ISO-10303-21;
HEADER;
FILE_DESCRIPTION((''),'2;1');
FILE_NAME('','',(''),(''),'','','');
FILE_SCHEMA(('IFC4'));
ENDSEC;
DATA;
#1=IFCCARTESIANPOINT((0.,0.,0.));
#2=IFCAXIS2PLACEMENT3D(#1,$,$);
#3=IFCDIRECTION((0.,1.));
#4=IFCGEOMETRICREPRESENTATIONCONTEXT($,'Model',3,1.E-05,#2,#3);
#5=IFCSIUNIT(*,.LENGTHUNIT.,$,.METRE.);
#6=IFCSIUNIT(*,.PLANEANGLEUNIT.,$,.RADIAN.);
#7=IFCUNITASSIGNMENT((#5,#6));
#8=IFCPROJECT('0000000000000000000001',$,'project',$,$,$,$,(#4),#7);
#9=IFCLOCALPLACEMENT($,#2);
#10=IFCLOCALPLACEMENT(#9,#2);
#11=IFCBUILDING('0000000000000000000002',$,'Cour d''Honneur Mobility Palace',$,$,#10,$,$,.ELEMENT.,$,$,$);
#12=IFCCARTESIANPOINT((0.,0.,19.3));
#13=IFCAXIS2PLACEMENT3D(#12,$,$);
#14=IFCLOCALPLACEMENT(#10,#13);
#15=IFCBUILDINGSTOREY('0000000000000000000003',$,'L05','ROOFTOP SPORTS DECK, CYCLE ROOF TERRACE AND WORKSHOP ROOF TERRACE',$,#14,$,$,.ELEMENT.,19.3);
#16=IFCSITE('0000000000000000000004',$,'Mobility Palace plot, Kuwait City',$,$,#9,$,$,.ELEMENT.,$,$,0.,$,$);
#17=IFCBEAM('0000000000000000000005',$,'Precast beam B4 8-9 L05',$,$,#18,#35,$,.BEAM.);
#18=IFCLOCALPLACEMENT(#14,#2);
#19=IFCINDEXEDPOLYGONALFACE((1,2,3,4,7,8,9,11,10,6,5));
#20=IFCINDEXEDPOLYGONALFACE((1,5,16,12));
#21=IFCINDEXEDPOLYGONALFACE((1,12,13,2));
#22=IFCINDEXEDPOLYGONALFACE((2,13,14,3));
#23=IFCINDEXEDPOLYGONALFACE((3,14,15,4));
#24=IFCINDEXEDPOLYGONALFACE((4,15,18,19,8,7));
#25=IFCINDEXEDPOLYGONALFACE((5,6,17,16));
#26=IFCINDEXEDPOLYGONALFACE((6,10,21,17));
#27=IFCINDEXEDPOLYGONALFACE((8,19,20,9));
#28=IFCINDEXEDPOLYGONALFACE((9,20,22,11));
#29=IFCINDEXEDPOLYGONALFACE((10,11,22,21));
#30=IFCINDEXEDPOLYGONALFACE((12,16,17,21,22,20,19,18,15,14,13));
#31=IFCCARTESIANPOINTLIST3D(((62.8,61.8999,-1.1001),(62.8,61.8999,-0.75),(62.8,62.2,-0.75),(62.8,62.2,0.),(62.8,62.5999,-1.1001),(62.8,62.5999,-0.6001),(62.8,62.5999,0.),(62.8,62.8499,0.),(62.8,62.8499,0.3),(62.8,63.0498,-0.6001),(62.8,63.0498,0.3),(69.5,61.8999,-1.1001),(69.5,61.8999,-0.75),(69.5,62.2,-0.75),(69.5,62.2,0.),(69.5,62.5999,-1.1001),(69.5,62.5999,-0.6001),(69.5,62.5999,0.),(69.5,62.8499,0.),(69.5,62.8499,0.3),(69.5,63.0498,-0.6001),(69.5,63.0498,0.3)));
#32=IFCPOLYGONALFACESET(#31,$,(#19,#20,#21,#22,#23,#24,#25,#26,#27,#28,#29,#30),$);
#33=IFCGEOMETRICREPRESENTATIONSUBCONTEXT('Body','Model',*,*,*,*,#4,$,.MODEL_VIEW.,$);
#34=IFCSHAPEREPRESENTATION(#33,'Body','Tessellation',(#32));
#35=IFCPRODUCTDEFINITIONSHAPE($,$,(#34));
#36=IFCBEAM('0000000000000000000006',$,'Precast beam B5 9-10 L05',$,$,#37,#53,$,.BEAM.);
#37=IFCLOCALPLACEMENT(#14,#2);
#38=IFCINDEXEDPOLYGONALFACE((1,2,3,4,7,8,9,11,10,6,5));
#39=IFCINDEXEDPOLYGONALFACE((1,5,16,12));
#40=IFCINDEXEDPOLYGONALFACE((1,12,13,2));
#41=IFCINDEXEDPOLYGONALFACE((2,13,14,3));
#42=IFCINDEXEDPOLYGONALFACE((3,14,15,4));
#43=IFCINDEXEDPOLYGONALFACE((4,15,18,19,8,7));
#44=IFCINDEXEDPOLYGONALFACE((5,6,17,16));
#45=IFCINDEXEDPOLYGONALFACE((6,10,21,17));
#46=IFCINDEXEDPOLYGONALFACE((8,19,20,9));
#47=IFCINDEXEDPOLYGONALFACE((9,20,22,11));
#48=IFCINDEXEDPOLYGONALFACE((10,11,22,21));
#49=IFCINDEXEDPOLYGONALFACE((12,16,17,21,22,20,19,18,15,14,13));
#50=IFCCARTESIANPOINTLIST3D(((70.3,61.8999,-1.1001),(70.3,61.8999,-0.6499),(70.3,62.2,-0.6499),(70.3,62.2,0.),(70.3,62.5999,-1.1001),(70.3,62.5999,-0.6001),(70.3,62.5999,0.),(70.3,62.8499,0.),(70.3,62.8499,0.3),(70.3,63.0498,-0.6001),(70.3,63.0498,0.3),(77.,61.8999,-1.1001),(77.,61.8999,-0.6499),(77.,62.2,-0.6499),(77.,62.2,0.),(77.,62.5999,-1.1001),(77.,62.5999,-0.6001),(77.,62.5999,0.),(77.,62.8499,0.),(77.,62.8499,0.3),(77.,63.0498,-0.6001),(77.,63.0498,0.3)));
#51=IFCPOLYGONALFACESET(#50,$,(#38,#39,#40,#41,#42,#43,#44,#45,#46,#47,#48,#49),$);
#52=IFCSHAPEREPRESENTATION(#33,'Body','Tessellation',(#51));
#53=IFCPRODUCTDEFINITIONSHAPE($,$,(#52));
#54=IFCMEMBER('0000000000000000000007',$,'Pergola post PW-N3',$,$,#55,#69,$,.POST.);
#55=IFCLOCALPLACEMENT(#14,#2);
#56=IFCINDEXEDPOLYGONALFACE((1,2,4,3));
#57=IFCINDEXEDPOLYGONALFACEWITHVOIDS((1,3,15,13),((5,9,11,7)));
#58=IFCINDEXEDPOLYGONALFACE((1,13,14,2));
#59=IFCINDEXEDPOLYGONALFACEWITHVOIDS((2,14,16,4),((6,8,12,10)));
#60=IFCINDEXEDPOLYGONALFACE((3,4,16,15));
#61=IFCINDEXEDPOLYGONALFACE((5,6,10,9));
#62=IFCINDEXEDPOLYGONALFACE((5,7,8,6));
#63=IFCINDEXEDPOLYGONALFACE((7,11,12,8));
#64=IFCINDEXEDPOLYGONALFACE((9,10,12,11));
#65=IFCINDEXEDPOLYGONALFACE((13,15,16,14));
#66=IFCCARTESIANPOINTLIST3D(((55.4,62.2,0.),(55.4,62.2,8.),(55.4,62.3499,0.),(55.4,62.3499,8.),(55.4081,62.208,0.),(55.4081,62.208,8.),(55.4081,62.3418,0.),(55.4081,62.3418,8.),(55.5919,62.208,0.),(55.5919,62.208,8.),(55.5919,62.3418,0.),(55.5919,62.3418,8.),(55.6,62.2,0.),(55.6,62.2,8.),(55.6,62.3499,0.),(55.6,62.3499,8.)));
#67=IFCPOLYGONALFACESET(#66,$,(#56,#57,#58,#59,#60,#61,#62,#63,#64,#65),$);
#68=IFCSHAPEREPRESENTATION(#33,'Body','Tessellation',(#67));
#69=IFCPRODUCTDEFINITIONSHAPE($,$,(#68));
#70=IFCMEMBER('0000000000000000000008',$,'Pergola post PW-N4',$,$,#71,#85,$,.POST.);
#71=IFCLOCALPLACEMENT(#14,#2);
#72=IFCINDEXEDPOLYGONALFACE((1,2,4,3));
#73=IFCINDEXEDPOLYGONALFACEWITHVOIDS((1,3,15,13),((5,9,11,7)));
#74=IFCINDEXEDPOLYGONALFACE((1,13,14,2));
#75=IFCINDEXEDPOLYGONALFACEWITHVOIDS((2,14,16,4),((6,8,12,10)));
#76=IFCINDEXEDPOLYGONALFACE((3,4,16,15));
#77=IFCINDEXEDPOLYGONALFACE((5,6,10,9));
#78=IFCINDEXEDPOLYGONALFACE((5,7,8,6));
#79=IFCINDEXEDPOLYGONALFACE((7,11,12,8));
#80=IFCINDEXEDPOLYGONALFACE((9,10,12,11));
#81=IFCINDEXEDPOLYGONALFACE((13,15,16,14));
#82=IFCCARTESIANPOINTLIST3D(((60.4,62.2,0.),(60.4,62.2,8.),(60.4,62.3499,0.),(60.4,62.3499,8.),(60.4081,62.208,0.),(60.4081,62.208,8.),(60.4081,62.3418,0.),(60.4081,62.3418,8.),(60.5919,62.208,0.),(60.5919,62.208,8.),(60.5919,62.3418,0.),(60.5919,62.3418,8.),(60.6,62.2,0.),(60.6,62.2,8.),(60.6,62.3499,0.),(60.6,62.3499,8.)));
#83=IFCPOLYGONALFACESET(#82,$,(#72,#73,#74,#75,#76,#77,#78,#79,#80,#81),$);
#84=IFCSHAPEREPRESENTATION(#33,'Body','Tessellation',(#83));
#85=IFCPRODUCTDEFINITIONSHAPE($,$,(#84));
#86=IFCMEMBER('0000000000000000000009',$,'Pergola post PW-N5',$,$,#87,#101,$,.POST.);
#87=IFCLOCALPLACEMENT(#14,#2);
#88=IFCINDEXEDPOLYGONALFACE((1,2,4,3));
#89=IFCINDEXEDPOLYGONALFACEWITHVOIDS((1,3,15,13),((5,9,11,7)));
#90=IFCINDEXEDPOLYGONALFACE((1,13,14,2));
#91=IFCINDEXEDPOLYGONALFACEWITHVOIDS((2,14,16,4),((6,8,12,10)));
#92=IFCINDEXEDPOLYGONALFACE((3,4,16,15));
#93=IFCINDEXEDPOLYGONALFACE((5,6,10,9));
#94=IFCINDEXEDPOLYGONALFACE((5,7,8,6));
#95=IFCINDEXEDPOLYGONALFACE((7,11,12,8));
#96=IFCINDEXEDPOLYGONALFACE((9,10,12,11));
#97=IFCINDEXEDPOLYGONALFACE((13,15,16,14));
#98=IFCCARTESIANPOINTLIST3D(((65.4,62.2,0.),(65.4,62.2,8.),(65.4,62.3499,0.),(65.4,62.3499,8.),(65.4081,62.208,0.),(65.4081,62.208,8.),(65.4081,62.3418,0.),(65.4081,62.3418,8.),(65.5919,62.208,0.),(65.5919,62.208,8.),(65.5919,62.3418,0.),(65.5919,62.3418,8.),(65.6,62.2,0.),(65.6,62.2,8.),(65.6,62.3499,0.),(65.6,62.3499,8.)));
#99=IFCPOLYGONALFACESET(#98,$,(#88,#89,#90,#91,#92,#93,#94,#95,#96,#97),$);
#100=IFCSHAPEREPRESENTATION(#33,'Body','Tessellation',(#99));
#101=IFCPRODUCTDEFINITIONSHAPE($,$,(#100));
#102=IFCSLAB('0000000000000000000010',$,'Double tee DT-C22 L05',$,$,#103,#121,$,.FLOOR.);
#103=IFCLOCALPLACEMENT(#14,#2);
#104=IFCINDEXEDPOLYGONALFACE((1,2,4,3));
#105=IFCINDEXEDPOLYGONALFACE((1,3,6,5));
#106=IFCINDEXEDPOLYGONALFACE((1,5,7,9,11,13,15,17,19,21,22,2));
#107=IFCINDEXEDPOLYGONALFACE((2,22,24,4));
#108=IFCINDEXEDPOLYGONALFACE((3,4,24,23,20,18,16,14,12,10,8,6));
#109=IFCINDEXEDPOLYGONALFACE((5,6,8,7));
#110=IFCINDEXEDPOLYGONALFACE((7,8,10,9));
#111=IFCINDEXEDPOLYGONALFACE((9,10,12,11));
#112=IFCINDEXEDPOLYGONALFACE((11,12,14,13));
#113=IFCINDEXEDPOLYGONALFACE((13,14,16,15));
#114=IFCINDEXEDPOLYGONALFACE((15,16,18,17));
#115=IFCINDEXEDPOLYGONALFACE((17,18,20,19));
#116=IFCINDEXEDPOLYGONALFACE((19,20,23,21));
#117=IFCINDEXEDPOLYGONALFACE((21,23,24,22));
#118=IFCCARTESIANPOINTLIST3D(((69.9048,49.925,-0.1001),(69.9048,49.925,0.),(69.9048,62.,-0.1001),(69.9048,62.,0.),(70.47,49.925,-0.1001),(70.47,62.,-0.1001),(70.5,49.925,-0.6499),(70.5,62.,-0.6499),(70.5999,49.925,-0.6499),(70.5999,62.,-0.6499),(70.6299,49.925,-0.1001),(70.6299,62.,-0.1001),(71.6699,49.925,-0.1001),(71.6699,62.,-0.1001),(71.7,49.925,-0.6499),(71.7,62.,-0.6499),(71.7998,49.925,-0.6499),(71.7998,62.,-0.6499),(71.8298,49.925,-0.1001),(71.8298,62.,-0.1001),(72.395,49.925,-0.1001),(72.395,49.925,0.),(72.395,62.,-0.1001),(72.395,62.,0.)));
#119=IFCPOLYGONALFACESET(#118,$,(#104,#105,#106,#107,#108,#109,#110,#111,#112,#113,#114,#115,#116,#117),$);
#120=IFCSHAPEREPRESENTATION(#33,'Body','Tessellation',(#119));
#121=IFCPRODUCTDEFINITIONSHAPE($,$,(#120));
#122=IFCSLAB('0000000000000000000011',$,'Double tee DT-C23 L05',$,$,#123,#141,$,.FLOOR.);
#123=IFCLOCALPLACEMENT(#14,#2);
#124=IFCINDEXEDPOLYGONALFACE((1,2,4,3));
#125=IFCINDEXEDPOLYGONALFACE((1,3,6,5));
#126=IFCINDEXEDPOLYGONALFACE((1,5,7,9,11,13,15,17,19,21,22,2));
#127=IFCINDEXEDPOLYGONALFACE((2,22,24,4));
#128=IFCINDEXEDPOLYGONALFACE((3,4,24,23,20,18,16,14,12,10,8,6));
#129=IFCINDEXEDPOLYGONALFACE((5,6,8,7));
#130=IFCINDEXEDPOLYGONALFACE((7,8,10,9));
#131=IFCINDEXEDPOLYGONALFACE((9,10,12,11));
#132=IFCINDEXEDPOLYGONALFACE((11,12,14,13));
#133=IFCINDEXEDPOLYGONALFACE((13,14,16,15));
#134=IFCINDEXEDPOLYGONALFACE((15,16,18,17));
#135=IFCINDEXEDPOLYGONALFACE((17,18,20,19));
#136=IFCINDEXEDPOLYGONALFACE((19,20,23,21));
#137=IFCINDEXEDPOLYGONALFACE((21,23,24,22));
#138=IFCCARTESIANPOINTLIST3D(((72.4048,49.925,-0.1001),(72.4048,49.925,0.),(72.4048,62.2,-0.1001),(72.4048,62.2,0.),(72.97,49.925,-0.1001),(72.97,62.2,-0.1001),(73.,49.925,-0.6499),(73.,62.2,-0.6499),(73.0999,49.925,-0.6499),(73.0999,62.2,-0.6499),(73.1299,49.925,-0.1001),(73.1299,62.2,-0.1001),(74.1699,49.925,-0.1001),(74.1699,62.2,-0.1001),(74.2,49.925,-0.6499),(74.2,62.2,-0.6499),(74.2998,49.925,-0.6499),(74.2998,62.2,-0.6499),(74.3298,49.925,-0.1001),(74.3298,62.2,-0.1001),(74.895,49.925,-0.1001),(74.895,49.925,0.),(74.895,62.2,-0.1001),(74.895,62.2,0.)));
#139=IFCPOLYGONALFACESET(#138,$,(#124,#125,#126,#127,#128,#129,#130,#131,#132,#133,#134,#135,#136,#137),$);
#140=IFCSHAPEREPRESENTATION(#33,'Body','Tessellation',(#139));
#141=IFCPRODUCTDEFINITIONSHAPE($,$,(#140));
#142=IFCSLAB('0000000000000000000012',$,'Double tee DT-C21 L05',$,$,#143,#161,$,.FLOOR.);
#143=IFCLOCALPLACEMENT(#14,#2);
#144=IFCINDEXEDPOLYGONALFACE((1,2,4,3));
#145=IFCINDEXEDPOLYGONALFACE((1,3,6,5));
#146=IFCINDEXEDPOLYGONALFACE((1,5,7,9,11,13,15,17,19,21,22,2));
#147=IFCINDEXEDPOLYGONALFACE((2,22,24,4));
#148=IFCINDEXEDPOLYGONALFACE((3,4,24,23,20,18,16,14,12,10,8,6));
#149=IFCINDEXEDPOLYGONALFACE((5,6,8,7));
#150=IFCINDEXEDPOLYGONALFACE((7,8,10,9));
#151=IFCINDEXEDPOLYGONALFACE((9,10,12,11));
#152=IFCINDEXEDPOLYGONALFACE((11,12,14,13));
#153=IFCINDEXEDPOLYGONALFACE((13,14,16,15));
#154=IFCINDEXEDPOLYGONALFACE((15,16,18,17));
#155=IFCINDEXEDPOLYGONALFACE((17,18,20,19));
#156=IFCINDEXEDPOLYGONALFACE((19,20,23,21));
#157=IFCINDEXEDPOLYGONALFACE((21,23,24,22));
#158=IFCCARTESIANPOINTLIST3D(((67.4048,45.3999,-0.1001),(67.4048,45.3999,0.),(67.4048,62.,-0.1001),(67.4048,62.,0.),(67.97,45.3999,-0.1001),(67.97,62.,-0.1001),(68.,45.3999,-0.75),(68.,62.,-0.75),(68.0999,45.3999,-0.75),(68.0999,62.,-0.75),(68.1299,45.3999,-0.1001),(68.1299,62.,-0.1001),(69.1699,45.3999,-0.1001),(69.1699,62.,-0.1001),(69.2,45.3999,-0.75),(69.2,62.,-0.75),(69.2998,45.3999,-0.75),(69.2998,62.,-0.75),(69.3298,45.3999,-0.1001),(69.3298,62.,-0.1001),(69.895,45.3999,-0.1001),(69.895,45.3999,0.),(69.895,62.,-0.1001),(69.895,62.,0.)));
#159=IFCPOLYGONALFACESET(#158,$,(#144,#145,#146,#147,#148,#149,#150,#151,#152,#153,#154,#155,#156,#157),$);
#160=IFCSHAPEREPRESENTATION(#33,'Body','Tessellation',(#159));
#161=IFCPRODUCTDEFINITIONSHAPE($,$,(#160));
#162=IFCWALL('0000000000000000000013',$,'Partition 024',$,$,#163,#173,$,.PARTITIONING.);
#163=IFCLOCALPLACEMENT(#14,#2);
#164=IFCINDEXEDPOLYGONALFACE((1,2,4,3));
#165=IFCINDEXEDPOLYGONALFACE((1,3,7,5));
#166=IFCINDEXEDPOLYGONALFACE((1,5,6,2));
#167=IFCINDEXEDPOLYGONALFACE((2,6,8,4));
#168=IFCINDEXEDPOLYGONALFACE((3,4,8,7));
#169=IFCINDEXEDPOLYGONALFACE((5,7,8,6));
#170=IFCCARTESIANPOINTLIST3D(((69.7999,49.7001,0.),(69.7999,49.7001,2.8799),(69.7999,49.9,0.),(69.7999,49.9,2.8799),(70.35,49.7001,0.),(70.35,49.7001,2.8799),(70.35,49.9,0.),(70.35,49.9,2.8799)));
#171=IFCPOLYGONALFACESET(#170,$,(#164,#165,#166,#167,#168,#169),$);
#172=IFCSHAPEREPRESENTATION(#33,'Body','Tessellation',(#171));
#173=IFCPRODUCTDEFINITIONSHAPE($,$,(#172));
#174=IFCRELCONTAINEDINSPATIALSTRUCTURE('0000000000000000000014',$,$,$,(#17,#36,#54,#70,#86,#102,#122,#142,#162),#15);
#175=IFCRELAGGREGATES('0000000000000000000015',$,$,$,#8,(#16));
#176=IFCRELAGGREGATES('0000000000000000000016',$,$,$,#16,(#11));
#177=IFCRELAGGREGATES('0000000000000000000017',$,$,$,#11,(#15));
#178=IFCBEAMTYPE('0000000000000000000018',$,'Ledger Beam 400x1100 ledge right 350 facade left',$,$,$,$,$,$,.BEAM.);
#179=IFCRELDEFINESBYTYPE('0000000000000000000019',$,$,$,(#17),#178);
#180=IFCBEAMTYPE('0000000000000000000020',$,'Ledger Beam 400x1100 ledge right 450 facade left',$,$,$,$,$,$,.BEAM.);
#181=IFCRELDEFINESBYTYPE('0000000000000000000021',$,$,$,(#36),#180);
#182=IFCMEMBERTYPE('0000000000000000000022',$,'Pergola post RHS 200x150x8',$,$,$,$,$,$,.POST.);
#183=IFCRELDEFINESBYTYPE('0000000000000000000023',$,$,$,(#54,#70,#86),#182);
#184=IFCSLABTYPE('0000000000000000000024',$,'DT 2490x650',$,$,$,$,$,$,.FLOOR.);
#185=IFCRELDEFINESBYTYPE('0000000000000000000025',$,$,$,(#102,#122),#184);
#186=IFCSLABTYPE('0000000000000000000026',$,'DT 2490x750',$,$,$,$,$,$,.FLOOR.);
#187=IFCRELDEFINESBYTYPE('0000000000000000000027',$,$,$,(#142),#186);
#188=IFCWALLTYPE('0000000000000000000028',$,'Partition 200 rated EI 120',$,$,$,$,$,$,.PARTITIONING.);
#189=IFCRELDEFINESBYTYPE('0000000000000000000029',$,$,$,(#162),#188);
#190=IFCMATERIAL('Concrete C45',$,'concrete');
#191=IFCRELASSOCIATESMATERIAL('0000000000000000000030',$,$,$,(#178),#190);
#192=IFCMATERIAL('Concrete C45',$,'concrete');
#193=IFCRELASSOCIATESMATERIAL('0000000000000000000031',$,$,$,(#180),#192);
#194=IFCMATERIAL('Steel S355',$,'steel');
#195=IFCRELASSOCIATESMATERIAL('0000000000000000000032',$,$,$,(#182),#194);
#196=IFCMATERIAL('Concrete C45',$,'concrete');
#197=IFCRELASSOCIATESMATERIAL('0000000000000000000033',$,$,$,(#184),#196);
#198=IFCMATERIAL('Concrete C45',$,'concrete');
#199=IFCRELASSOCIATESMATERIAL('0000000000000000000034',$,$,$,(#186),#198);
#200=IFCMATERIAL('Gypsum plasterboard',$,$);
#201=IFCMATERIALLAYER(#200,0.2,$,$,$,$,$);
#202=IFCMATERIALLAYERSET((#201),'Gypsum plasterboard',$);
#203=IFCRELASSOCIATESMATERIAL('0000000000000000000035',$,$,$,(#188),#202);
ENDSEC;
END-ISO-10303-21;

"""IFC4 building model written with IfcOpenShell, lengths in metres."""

from ifc_helpers import new_model, si_unit, direction, frame, frame_2d, origin, origin_2d, place, context, subcontext, project, spatial, polyline, rectangle, hollow_rectangle, outline, extrude, material, layer, layer_set, material_profile, profile_set, type_object, element, save


model = new_model("IFC4")

# Units and contexts
model_context = context("Model", 3, precision=1e-05, world=origin(), true_north=direction((0.0, 1.0)))
body_context = subcontext(model_context, "Body", "Model", "MODEL_VIEW")
ifc_project = project(units=[si_unit("LENGTHUNIT", "METRE"), si_unit("PLANEANGLEUNIT", "RADIAN")], contexts=[model_context])

# Site, building, storey
site_placement = place(None, origin())
site = spatial("IfcSite", under=ifc_project, at=site_placement, Name="Mobility Palace plot, Kuwait City", CompositionType="ELEMENT", RefElevation=0.0)
building_placement = place(site_placement, origin())
building = spatial("IfcBuilding", under=site, at=building_placement, Name="Cour d'Honneur Mobility Palace", CompositionType="ELEMENT")
storey_placement = place(building_placement, frame((0.0, 0.0, 19.3)))
storey = spatial("IfcBuildingStorey", under=building, at=storey_placement, Name="L05", Description="ROOFTOP SPORTS DECK, CYCLE ROOF TERRACE AND WORKSHOP ROOF TERRACE", CompositionType="ELEMENT", Elevation=19.3)

# Beams
ifc_material_1 = material(Name="Concrete C45", Category="concrete")
ifc_material_profile_1 = material_profile(ifc_material_1, outline(polyline([(0.2, -1.1001), (0.2, -0.6001), (0.6499, -0.6001), (0.6499, 0.3), (0.45, 0.3), (0.45, 0.0), (0.2, 0.0), (-0.2, 0.0), (-0.2, -0.75), (-0.5, -0.75), (-0.5, -1.1001), (0.2, -1.1001)])), Name="Ledger Beam 400x1100 ledge right 350 facade left")
ifc_profile_set_1 = profile_set([ifc_material_profile_1], Name="Concrete C45")
beam_type_1 = type_object("IfcBeamType", Name="Ledger Beam 400x1100 ledge right 350 facade left", PredefinedType="BEAM", material=ifc_profile_set_1)
beam_1_placement = place(storey_placement, frame((62.8, 62.3999, 0.0), z_axis=(1.0, 0.0, 0.0), x_axis=(0.0, 1.0, 0.0)))
element("IfcBeam", 1, at=beam_1_placement, inside=storey, type_object=beam_type_1, Name="Precast beam B4 8-9 L05", PredefinedType="BEAM", context=body_context, shape_type="SweptSolid", body=[
    extrude(outline(polyline([(0.2, -1.1001), (0.2, -0.6001), (0.6499, -0.6001), (0.6499, 0.3), (0.45, 0.3), (0.45, 0.0), (0.2, 0.0), (-0.2, 0.0), (-0.2, -0.75), (-0.5, -0.75), (-0.5, -1.1001), (0.2, -1.1001)])), origin(), (0.0, 0.0, 1.0), 6.7),
])
ifc_material_2 = material(Name="Concrete C45", Category="concrete")
ifc_material_profile_2 = material_profile(ifc_material_2, outline(polyline([(0.2, -1.1001), (0.2, -0.6001), (0.6499, -0.6001), (0.6499, 0.3), (0.45, 0.3), (0.45, 0.0), (0.2, 0.0), (-0.2, 0.0), (-0.2, -0.6499), (-0.5, -0.6499), (-0.5, -1.1001), (0.2, -1.1001)])), Name="Ledger Beam 400x1100 ledge right 450 facade left")
ifc_profile_set_2 = profile_set([ifc_material_profile_2], Name="Concrete C45")
beam_type_2 = type_object("IfcBeamType", Name="Ledger Beam 400x1100 ledge right 450 facade left", PredefinedType="BEAM", material=ifc_profile_set_2)
beam_2_placement = place(storey_placement, frame((70.3, 62.3999, 0.0), z_axis=(1.0, 0.0, 0.0), x_axis=(0.0, 1.0, 0.0)))
element("IfcBeam", 2, at=beam_2_placement, inside=storey, type_object=beam_type_2, Name="Precast beam B5 9-10 L05", PredefinedType="BEAM", context=body_context, shape_type="SweptSolid", body=[
    extrude(outline(polyline([(0.2, -1.1001), (0.2, -0.6001), (0.6499, -0.6001), (0.6499, 0.3), (0.45, 0.3), (0.45, 0.0), (0.2, 0.0), (-0.2, 0.0), (-0.2, -0.6499), (-0.5, -0.6499), (-0.5, -1.1001), (0.2, -1.1001)])), origin(), (0.0, 0.0, 1.0), 6.7),
])

# Members
ifc_material_3 = material(Name="Steel S355", Category="steel")
ifc_material_profile_3 = material_profile(ifc_material_3, hollow_rectangle(XDim=0.1499, YDim=0.2, WallThickness=0.0081, at=origin_2d()), Name="RHS 200x150x8")
ifc_profile_set_3 = profile_set([ifc_material_profile_3], Name="Steel S355")
member_type = type_object("IfcMemberType", Name="Pergola post RHS 200x150x8", PredefinedType="POST", material=ifc_profile_set_3)
for number, where, z_axis, x_axis, name in (
    (3, (55.5, 62.2749, 0.0), (0.0, 0.0, 1.0), (0.0, 1.0, 0.0), "Pergola post PW-N3"),
    (4, (60.5, 62.2749, 0.0), (0.0, 0.0, 1.0), (0.0, 1.0, 0.0), "Pergola post PW-N4"),
    (5, (65.5, 62.2749, 0.0), (0.0, 0.0, 1.0), (0.0, 1.0, 0.0), "Pergola post PW-N5"),
):
    element("IfcMember", number, at=place(storey_placement, frame(where, z_axis=z_axis, x_axis=x_axis)), inside=storey, type_object=member_type, Name=name, PredefinedType="POST", context=body_context, shape_type="SweptSolid", body=[
        extrude(hollow_rectangle(XDim=0.1499, YDim=0.2, WallThickness=0.0081, at=origin_2d()), origin(), (0.0, 0.0, 1.0), 8.0),
    ])

# Slabs
ifc_material_4 = material(Name="Concrete C45", Category="concrete")
ifc_material_profile_4 = material_profile(ifc_material_4, outline(polyline([(-1.2451, 0.0), (1.2451, 0.0), (1.2451, -0.1001), (0.6799, -0.1001), (0.6499, -0.6499), (0.55, -0.6499), (0.52, -0.1001), (-0.52, -0.1001), (-0.55, -0.6499), (-0.6499, -0.6499), (-0.6799, -0.1001), (-1.2451, -0.1001), (-1.2451, 0.0)])), Name="DT 2490x650")
ifc_profile_set_4 = profile_set([ifc_material_profile_4], Name="Concrete C45")
slab_type_1 = type_object("IfcSlabType", Name="DT 2490x650", PredefinedType="FLOOR", material=ifc_profile_set_4)
slab_1_placement = place(storey_placement, frame((71.1499, 49.925, 0.0), z_axis=(0.0, 1.0, 0.0), x_axis=(-1.0, 0.0, 0.0)))
element("IfcSlab", 6, at=slab_1_placement, inside=storey, type_object=slab_type_1, Name="Double tee DT-C22 L05", PredefinedType="FLOOR", context=body_context, shape_type="SweptSolid", body=[
    extrude(outline(polyline([(-1.2451, 0.0), (1.2451, 0.0), (1.2451, -0.1001), (0.6799, -0.1001), (0.6499, -0.6499), (0.55, -0.6499), (0.52, -0.1001), (-0.52, -0.1001), (-0.55, -0.6499), (-0.6499, -0.6499), (-0.6799, -0.1001), (-1.2451, -0.1001), (-1.2451, 0.0)])), origin(), (0.0, 0.0, 1.0), 12.075),
])
slab_2_placement = place(storey_placement, frame((73.6499, 49.925, 0.0), z_axis=(0.0, 1.0, 0.0), x_axis=(-1.0, 0.0, 0.0)))
element("IfcSlab", 7, at=slab_2_placement, inside=storey, type_object=slab_type_1, Name="Double tee DT-C23 L05", PredefinedType="FLOOR", context=body_context, shape_type="SweptSolid", body=[
    extrude(outline(polyline([(-1.2451, 0.0), (1.2451, 0.0), (1.2451, -0.1001), (0.6799, -0.1001), (0.6499, -0.6499), (0.55, -0.6499), (0.52, -0.1001), (-0.52, -0.1001), (-0.55, -0.6499), (-0.6499, -0.6499), (-0.6799, -0.1001), (-1.2451, -0.1001), (-1.2451, 0.0)])), origin(), (0.0, 0.0, 1.0), 12.2749),
])
ifc_material_5 = material(Name="Concrete C45", Category="concrete")
ifc_material_profile_5 = material_profile(ifc_material_5, outline(polyline([(-1.2451, 0.0), (1.2451, 0.0), (1.2451, -0.1001), (0.6799, -0.1001), (0.6499, -0.75), (0.55, -0.75), (0.52, -0.1001), (-0.52, -0.1001), (-0.55, -0.75), (-0.6499, -0.75), (-0.6799, -0.1001), (-1.2451, -0.1001), (-1.2451, 0.0)])), Name="DT 2490x750")
ifc_profile_set_5 = profile_set([ifc_material_profile_5], Name="Concrete C45")
slab_type_2 = type_object("IfcSlabType", Name="DT 2490x750", PredefinedType="FLOOR", material=ifc_profile_set_5)
slab_3_placement = place(storey_placement, frame((68.6499, 45.3999, 0.0), z_axis=(0.0, 1.0, 0.0), x_axis=(-1.0, 0.0, 0.0)))
element("IfcSlab", 8, at=slab_3_placement, inside=storey, type_object=slab_type_2, Name="Double tee DT-C21 L05", PredefinedType="FLOOR", context=body_context, shape_type="SweptSolid", body=[
    extrude(outline(polyline([(-1.2451, 0.0), (1.2451, 0.0), (1.2451, -0.1001), (0.6799, -0.1001), (0.6499, -0.75), (0.55, -0.75), (0.52, -0.1001), (-0.52, -0.1001), (-0.55, -0.75), (-0.6499, -0.75), (-0.6799, -0.1001), (-1.2451, -0.1001), (-1.2451, 0.0)])), origin(), (0.0, 0.0, 1.0), 16.6001),
])

# Wall
ifc_material_6 = material(Name="Gypsum plasterboard")
ifc_layer_1 = layer(ifc_material_6, 0.2)
ifc_layer_set_1 = layer_set([ifc_layer_1], Name="Gypsum plasterboard")
wall_type_1 = type_object("IfcWallType", Name="Partition 200 rated EI 120", PredefinedType="PARTITIONING", material=ifc_layer_set_1)
wall_1_placement = place(storey_placement, frame((69.8, 49.8, 0.0), z_axis=(0.0, 0.0, 1.0), x_axis=(1.0, 0.0, 0.0)))
element("IfcWall", 9, at=wall_1_placement, inside=storey, type_object=wall_type_1, Name="Partition 024", PredefinedType="PARTITIONING", context=body_context, shape_type="SweptSolid", body=[
    extrude(rectangle(XDim=0.55, YDim=0.2, at=frame_2d((0.2749, 0.0))), origin(), (0.0, 0.0, 1.0), 2.8799),
])

save(model, "model.ifc")
